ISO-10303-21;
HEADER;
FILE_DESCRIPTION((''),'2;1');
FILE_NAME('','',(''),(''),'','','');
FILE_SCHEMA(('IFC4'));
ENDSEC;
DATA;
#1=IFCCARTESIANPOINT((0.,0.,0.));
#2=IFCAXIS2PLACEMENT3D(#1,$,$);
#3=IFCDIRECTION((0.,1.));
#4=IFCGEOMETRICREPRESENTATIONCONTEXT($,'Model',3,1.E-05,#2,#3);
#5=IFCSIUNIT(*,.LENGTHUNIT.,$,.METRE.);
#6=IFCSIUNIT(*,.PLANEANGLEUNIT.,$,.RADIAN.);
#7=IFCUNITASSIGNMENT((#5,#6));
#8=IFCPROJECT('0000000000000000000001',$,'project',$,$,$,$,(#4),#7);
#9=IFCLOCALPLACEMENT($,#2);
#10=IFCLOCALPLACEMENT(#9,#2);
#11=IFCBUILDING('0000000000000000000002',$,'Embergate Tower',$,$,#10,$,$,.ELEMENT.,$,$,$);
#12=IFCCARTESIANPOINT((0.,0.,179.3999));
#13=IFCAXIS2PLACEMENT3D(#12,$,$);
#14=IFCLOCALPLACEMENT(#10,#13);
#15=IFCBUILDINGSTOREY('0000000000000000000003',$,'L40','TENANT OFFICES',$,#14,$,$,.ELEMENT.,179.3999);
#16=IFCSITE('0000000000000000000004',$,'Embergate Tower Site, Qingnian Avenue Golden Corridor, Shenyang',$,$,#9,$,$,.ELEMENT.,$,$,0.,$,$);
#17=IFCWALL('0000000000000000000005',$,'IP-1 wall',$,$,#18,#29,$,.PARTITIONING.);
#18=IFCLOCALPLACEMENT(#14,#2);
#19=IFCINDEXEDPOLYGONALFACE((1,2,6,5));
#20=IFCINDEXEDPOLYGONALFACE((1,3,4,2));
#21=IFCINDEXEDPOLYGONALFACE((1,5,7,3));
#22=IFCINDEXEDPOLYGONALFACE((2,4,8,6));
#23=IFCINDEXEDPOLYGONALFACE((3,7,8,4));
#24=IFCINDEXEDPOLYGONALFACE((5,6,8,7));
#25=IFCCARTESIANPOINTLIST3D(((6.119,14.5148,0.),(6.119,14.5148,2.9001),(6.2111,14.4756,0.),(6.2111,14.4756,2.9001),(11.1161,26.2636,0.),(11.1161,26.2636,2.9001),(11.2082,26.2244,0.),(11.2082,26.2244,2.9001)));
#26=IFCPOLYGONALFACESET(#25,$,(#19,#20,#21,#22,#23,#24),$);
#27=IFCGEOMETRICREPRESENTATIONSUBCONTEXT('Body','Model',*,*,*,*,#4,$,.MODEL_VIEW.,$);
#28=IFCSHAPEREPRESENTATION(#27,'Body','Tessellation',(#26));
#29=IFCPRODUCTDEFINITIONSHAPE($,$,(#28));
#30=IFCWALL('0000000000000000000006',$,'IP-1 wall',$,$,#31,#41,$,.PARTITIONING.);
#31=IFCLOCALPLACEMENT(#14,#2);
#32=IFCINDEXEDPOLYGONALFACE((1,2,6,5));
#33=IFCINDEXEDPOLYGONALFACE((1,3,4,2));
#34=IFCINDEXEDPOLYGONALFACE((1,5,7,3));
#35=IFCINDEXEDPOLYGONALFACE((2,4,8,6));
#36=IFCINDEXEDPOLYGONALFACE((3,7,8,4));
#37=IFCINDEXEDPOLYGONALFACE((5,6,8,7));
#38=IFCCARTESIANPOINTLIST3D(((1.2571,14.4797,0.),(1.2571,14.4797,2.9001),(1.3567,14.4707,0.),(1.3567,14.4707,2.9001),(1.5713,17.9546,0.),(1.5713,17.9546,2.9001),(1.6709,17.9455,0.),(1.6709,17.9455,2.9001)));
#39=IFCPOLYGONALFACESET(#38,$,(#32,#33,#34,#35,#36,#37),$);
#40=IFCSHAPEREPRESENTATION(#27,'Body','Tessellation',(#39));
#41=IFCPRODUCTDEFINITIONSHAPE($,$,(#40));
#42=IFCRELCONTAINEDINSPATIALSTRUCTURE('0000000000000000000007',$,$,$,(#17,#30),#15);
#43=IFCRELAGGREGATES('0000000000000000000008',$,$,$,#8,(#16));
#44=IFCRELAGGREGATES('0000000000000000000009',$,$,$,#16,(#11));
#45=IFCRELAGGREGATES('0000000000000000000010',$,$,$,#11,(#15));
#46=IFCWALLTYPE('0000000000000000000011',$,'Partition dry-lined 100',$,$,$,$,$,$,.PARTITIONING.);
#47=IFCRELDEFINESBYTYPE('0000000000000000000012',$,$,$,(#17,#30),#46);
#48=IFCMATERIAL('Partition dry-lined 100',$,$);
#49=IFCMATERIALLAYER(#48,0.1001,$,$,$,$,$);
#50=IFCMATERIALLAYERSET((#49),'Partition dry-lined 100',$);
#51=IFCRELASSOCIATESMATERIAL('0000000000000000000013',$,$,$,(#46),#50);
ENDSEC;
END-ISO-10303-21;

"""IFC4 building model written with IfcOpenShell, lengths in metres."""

from ifc_helpers import new_model, si_unit, direction, frame, frame_2d, origin, place, context, subcontext, project, spatial, rectangle, extrude, source, transform, mapped, material, layer, layer_set, type_object, element, save


model = new_model("IFC4")

# Units and contexts
model_context = context("Model", 3, precision=1e-05, world=origin(), true_north=direction((0.0, 1.0)))
body_context = subcontext(model_context, "Body", "Model", "MODEL_VIEW")
ifc_project = project(units=[si_unit("LENGTHUNIT", "METRE"), si_unit("PLANEANGLEUNIT", "RADIAN")], contexts=[model_context])

# Site, building, storey
site_placement = place(None, origin())
site = spatial("IfcSite", under=ifc_project, at=site_placement, Name="Embergate Tower Site, Qingnian Avenue Golden Corridor, Shenyang", CompositionType="ELEMENT", RefElevation=0.0)
building_placement = place(site_placement, origin())
building = spatial("IfcBuilding", under=site, at=building_placement, Name="Embergate Tower", CompositionType="ELEMENT")
storey_placement = place(building_placement, frame((0.0, 0.0, 179.3999)))
storey = spatial("IfcBuildingStorey", under=building, at=storey_placement, Name="L40", Description="TENANT OFFICES", CompositionType="ELEMENT", Elevation=179.3999)

# Walls
ifc_material_1 = material(Name="Partition dry-lined 100")
ifc_layer_1 = layer(ifc_material_1, 0.1001)
ifc_layer_set_1 = layer_set([ifc_layer_1], Name="Partition dry-lined 100")
wall_type_1 = type_object("IfcWallType", Name="Partition dry-lined 100", PredefinedType="PARTITIONING", material=ifc_layer_set_1)
shared_shape_1 = source(origin(), body_context, "Body", "SweptSolid", [
    extrude(rectangle(XDim=12.7673, YDim=0.1001, at=frame_2d((6.3838, 0.0))), origin(), (0.0, 0.0, 1.0), 2.9001),
])
wall_1_placement = place(storey_placement, frame((6.165, 14.4951, 0.0), z_axis=(0.0, 0.0, 1.0), x_axis=(0.391395, 0.920223, 0.0)))
element("IfcWall", 1, at=wall_1_placement, inside=storey, type_object=wall_type_1, Name="IP-1 wall", PredefinedType="PARTITIONING", context=body_context, shape_type="MappedRepresentation", body=[
    mapped(shared_shape_1, transform((0.0, 0.0, 0.0))),
])
shared_shape_2 = source(origin(), body_context, "Body", "SweptSolid", [
    extrude(rectangle(XDim=3.489, YDim=0.1001, at=frame_2d((1.7446, 0.0))), origin(), (0.0, 0.0, 1.0), 2.9001),
])
wall_2_placement = place(storey_placement, frame((1.3069, 14.4751, 0.0), z_axis=(0.0, 0.0, 1.0), x_axis=(0.090056, 0.995937, 0.0)))
element("IfcWall", 2, at=wall_2_placement, inside=storey, type_object=wall_type_1, Name="IP-1 wall", PredefinedType="PARTITIONING", context=body_context, shape_type="MappedRepresentation", body=[
    mapped(shared_shape_2, transform((0.0, 0.0, 0.0))),
])

save(model, "model.ifc")
